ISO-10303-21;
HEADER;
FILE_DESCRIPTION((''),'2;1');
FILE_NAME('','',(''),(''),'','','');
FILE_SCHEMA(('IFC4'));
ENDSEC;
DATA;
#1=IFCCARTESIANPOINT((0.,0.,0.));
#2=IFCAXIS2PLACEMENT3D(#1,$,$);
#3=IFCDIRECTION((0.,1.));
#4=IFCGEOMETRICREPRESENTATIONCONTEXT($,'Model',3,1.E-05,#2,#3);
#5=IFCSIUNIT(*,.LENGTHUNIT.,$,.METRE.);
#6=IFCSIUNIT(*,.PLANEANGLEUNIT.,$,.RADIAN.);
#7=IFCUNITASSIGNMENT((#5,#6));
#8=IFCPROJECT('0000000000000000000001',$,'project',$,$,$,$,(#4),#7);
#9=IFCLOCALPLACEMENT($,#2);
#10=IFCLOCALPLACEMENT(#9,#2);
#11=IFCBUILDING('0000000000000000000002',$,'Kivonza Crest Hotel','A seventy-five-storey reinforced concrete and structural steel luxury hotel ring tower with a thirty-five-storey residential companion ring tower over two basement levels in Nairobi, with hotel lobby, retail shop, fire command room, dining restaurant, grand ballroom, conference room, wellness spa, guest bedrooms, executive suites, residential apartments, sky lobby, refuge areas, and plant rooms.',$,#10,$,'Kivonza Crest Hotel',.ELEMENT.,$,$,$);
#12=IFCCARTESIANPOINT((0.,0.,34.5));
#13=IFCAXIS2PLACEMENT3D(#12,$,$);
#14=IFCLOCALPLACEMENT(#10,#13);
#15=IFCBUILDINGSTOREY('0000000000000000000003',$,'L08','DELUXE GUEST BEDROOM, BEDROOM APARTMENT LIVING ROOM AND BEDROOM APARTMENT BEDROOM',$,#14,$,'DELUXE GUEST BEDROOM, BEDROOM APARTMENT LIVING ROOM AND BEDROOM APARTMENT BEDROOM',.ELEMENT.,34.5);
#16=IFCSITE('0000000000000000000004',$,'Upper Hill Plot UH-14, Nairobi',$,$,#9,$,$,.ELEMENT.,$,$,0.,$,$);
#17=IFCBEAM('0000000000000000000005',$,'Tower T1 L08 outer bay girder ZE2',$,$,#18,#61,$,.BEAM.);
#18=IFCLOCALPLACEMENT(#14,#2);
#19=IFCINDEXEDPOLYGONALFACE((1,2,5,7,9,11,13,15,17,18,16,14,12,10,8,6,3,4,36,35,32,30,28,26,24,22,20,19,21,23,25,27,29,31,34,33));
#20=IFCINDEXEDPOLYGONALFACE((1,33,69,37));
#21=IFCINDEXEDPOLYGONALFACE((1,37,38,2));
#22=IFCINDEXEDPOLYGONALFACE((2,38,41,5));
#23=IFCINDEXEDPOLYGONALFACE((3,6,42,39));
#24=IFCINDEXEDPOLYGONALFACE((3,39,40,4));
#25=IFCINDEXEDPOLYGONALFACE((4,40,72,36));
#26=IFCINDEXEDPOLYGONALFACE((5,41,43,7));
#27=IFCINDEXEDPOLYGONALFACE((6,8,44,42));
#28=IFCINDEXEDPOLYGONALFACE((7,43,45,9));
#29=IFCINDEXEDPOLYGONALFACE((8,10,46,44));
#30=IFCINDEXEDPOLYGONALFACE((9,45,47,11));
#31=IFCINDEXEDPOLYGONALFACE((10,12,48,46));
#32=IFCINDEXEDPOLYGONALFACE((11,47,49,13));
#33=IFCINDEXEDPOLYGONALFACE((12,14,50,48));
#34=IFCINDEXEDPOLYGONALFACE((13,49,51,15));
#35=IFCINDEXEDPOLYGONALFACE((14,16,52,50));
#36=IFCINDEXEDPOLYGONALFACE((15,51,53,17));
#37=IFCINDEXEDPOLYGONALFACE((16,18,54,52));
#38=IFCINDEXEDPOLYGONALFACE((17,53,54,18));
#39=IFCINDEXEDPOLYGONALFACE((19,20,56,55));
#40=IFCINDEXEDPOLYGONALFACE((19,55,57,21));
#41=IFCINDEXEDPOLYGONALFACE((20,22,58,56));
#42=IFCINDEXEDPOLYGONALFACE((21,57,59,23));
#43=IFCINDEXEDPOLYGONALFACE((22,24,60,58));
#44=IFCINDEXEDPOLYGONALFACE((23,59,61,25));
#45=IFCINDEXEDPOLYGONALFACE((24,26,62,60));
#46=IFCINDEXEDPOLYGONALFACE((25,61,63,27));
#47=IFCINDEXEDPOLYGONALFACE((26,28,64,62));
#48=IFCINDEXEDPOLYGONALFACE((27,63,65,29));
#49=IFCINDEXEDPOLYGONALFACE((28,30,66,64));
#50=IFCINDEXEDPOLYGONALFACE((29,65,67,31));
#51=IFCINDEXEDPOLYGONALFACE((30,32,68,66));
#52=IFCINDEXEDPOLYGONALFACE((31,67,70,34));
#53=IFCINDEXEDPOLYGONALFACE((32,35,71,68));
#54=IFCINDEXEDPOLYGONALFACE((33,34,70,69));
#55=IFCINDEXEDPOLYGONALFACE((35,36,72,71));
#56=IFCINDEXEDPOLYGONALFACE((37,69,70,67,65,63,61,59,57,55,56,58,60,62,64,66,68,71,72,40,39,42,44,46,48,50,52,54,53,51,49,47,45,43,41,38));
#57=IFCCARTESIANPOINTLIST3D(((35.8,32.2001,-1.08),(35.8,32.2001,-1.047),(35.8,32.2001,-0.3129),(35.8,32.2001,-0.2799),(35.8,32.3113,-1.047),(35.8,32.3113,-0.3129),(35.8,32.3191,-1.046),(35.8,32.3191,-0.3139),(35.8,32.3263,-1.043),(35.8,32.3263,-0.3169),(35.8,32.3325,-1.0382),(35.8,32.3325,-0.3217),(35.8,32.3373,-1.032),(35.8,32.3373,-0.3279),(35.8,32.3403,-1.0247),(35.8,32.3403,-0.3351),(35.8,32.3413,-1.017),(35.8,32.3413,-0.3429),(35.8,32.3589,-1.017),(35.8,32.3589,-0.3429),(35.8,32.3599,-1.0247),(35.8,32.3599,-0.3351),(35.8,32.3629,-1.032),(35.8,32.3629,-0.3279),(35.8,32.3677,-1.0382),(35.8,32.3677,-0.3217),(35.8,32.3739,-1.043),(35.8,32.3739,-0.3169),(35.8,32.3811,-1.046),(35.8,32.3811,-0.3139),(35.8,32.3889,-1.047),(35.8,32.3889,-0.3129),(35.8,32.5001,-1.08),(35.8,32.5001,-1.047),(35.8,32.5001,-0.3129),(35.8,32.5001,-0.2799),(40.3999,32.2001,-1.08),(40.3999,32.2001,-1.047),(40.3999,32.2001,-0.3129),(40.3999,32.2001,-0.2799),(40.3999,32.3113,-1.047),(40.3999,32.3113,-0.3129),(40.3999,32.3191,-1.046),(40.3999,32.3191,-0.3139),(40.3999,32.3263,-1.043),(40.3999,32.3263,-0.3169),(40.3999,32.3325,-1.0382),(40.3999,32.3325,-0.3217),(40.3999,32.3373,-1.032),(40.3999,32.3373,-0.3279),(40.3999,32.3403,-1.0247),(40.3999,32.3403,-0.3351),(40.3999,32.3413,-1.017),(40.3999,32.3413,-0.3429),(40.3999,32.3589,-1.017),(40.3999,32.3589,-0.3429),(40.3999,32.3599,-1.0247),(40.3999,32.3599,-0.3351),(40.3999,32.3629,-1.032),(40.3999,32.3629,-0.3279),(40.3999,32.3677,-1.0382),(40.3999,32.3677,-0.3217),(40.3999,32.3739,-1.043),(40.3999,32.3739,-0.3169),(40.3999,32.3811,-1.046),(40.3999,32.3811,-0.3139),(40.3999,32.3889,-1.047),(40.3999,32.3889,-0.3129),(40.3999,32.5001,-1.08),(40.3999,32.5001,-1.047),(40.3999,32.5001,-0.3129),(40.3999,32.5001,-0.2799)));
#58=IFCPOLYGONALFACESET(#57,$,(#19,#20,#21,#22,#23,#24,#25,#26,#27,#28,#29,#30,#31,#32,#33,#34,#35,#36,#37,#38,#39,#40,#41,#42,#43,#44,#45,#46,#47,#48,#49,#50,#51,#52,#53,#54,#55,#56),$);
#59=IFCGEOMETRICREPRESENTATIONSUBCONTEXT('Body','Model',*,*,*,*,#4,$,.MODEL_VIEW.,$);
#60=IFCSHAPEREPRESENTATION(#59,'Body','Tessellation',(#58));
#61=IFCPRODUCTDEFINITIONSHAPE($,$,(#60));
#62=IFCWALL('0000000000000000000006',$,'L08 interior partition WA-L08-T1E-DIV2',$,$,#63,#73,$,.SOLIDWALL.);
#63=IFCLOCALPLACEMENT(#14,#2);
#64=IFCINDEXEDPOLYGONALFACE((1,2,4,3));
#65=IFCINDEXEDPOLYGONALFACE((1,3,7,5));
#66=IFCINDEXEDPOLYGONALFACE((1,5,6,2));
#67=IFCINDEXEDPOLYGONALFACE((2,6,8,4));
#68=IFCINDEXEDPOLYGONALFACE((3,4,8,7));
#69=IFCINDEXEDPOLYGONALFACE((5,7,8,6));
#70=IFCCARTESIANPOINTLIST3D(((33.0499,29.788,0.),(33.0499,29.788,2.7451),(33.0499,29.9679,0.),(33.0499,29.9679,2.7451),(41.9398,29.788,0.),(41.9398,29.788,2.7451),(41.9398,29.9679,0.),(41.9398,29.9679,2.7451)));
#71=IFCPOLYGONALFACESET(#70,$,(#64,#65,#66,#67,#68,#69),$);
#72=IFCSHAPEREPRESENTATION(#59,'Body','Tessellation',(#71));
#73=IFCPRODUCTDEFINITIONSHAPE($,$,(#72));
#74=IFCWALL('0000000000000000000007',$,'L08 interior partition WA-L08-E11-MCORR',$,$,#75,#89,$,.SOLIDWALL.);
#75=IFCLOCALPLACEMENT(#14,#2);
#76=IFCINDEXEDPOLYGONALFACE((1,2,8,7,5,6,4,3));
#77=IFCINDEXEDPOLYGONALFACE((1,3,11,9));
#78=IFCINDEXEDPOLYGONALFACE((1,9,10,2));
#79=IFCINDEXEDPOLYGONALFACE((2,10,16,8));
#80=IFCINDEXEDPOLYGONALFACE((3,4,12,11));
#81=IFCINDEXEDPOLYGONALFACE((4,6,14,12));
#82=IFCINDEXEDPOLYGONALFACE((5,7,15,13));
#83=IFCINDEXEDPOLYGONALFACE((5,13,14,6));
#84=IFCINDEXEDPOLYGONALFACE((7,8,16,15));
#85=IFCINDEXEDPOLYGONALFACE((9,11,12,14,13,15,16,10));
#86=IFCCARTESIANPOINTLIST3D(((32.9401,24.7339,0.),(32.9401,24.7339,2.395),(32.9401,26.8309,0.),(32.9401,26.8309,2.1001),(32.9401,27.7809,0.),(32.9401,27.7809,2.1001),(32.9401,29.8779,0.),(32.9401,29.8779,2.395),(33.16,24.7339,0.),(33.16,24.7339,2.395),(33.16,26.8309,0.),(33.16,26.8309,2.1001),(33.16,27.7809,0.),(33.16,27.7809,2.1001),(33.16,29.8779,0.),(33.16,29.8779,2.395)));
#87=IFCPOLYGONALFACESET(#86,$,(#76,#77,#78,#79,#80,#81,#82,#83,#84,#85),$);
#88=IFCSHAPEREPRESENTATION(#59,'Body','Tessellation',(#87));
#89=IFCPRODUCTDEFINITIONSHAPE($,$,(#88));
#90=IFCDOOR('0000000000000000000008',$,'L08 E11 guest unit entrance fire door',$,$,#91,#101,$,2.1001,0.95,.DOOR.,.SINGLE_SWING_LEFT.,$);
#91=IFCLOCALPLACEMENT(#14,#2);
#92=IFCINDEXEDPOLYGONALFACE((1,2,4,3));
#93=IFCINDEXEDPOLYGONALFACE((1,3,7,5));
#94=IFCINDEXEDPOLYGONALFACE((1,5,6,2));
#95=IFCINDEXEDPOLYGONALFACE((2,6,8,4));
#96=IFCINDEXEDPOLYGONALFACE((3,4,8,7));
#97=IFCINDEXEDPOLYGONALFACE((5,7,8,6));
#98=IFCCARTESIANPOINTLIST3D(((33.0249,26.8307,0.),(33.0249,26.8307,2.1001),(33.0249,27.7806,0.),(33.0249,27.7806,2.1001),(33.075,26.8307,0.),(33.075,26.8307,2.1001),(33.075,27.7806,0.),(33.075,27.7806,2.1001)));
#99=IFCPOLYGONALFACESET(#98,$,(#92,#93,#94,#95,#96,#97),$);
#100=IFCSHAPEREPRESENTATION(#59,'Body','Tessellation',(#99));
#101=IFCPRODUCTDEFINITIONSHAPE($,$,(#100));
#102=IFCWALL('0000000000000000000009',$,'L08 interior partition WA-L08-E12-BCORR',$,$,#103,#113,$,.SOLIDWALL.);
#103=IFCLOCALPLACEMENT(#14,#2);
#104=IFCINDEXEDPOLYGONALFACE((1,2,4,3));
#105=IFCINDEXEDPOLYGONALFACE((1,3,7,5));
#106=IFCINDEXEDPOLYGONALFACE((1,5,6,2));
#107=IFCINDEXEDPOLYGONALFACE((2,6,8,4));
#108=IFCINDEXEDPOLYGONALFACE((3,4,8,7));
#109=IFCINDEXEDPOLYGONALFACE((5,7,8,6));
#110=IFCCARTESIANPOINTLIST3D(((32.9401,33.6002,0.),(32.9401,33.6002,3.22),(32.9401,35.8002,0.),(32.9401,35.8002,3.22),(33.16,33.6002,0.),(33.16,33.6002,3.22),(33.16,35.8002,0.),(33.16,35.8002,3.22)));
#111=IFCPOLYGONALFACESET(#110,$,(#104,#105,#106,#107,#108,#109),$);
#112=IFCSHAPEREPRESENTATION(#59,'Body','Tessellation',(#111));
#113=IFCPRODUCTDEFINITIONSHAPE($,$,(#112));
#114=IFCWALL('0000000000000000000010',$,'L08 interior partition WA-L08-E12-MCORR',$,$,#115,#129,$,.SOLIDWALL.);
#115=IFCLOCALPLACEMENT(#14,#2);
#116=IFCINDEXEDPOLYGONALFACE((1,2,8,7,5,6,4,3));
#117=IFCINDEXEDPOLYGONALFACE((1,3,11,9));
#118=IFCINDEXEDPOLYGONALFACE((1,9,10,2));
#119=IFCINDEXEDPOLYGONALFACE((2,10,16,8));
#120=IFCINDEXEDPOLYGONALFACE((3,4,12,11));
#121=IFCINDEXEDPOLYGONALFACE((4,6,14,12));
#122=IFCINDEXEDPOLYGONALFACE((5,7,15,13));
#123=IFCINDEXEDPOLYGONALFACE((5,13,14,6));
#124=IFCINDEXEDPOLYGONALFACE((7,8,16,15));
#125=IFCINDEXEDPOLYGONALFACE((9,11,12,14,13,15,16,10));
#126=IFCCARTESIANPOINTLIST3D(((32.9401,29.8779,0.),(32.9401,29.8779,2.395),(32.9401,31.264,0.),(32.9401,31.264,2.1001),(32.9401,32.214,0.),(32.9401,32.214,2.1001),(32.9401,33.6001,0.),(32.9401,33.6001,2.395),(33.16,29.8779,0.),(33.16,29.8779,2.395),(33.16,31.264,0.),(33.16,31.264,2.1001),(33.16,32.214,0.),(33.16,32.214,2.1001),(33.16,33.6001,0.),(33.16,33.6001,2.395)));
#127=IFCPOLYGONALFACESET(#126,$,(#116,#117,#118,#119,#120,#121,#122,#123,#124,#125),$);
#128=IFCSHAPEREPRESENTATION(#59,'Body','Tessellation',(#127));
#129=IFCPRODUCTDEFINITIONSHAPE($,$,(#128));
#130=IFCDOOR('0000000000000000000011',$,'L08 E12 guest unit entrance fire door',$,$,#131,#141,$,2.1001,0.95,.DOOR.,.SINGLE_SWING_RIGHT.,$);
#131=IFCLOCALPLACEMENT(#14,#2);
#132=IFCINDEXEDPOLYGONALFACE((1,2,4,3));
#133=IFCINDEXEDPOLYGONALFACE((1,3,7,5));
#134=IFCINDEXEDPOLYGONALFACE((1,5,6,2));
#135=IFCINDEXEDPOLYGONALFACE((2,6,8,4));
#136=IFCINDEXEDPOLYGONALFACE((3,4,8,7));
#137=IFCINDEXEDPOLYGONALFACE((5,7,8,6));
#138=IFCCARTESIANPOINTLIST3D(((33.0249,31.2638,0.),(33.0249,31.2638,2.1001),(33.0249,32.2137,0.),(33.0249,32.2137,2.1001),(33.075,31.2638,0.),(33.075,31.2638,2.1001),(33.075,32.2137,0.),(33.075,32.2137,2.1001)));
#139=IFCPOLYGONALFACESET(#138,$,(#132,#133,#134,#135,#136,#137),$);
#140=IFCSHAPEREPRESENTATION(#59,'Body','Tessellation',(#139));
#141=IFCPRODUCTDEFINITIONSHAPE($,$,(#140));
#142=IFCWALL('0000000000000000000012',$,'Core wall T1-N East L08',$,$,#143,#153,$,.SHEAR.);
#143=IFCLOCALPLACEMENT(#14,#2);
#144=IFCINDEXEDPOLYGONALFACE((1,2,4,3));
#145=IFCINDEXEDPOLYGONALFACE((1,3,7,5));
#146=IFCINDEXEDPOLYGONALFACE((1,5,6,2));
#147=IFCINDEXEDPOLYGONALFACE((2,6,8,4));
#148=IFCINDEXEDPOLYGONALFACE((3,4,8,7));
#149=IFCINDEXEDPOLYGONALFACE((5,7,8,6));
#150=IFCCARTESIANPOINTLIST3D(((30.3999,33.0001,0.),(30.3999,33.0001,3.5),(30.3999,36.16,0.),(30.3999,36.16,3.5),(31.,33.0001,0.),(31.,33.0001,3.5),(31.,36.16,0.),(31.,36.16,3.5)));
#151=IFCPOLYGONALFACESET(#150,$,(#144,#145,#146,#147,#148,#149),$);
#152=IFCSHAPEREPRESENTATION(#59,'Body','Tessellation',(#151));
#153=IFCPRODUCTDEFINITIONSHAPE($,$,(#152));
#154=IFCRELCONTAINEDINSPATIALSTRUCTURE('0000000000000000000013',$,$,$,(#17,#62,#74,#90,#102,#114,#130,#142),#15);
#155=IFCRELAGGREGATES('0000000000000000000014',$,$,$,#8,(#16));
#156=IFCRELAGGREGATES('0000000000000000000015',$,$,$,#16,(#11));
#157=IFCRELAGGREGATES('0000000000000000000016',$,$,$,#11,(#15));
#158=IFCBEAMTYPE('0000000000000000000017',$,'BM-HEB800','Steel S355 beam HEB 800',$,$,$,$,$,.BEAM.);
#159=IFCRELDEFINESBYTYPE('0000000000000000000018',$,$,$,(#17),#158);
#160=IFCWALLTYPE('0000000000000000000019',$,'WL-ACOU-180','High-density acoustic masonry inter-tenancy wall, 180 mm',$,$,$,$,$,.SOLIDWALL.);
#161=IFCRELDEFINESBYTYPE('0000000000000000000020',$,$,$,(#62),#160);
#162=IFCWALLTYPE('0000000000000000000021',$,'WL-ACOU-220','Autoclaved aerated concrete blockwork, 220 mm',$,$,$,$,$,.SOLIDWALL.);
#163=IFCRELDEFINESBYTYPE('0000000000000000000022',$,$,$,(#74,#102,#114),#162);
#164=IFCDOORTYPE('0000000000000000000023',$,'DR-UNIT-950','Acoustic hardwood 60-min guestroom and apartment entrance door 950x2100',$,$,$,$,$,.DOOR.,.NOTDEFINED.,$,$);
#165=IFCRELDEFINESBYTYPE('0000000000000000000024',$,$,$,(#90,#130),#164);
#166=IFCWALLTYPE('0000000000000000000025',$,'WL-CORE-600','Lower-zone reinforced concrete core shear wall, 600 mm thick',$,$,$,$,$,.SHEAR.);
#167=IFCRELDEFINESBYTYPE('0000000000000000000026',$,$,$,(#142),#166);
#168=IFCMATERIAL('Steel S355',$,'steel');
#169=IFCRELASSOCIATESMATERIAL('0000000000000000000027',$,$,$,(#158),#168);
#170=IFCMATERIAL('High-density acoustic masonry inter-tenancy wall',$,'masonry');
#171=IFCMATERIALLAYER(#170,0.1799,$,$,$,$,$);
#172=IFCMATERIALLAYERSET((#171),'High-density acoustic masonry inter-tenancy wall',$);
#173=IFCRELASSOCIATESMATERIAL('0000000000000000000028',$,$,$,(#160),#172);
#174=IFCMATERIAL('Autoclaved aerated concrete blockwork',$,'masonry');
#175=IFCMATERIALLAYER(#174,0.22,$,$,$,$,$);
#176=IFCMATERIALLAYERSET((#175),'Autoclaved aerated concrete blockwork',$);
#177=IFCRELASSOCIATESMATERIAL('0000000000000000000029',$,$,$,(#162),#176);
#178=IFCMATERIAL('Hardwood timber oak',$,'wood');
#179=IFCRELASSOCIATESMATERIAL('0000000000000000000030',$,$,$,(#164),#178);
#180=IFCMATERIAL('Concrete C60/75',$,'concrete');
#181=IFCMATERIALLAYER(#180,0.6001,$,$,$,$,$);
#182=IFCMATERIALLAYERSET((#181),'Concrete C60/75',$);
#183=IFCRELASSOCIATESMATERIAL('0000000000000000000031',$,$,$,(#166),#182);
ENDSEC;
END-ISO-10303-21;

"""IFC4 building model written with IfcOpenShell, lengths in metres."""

from ifc_helpers import new_model, si_unit, direction, frame, frame_2d, origin, origin_2d, place, context, subcontext, project, spatial, rectangle, i_section, extrude, material, layer, layer_set, material_profile, profile_set, type_object, element, fill, save


model = new_model("IFC4")

# Units and contexts
model_context = context("Model", 3, precision=1e-05, world=origin(), true_north=direction((0.0, 1.0)))
body_context = subcontext(model_context, "Body", "Model", "MODEL_VIEW")
ifc_project = project(units=[si_unit("LENGTHUNIT", "METRE"), si_unit("PLANEANGLEUNIT", "RADIAN")], contexts=[model_context])

# Site, building, storey
site_placement = place(None, origin())
site = spatial("IfcSite", under=ifc_project, at=site_placement, Name="Upper Hill Plot UH-14, Nairobi", CompositionType="ELEMENT", RefElevation=0.0)
building_placement = place(site_placement, origin())
building = spatial("IfcBuilding", under=site, at=building_placement, Name="Kivonza Crest Hotel", Description="A seventy-five-storey reinforced concrete and structural steel luxury hotel ring tower with a thirty-five-storey residential companion ring tower over two basement levels in Nairobi, with hotel lobby, retail shop, fire command room, dining restaurant, grand ballroom, conference room, wellness spa, guest bedrooms, executive suites, residential apartments, sky lobby, refuge areas, and plant rooms.", LongName="Kivonza Crest Hotel", CompositionType="ELEMENT")
storey_placement = place(building_placement, frame((0.0, 0.0, 34.5)))
storey = spatial("IfcBuildingStorey", under=building, at=storey_placement, Name="L08", Description="DELUXE GUEST BEDROOM, BEDROOM APARTMENT LIVING ROOM AND BEDROOM APARTMENT BEDROOM", LongName="DELUXE GUEST BEDROOM, BEDROOM APARTMENT LIVING ROOM AND BEDROOM APARTMENT BEDROOM", CompositionType="ELEMENT", Elevation=34.5)

# Shared definitions
ifc_material_1 = material(Name="Concrete C60/75", Category="concrete")

# Beam
ifc_material_2 = material(Name="Steel S355", Category="steel")
ifc_material_profile_1 = material_profile(ifc_material_2, i_section(OverallWidth=0.3, OverallDepth=0.8, WebThickness=0.0176, FlangeThickness=0.033, FilletRadius=0.03, at=origin_2d()), Name="HEB 800")
ifc_profile_set_1 = profile_set([ifc_material_profile_1], Name="Steel S355")
beam_type_1 = type_object("IfcBeamType", Name="BM-HEB800", Description="Steel S355 beam HEB 800", PredefinedType="BEAM", material=ifc_profile_set_1)
beam_1_placement = place(storey_placement, frame((40.3999, 32.3501, -0.6799), z_axis=(-1.0, 0.0, 0.0), x_axis=(0.0, -1.0, 0.0)))
element("IfcBeam", 1, at=beam_1_placement, inside=storey, type_object=beam_type_1, Name="Tower T1 L08 outer bay girder ZE2", PredefinedType="BEAM", context=body_context, shape_type="SweptSolid", body=[
    extrude(i_section(OverallWidth=0.3, OverallDepth=0.8, WebThickness=0.0176, FlangeThickness=0.033, FilletRadius=0.03, at=origin_2d()), origin(), (0.0, 0.0, 1.0), 4.5999),
])

# Wall
ifc_material_3 = material(Name="High-density acoustic masonry inter-tenancy wall", Category="masonry")
ifc_layer_1 = layer(ifc_material_3, 0.1799)
ifc_layer_set_1 = layer_set([ifc_layer_1], Name="High-density acoustic masonry inter-tenancy wall")
wall_type_1 = type_object("IfcWallType", Name="WL-ACOU-180", Description="High-density acoustic masonry inter-tenancy wall, 180 mm", PredefinedType="SOLIDWALL", material=ifc_layer_set_1)
wall_1_placement = place(storey_placement, frame((33.05, 29.8779, 0.0), z_axis=(0.0, 0.0, 1.0), x_axis=(1.0, 0.0, 0.0)))
element("IfcWall", 2, at=wall_1_placement, inside=storey, type_object=wall_type_1, Name="L08 interior partition WA-L08-T1E-DIV2", PredefinedType="SOLIDWALL", context=body_context, shape_type="SweptSolid", body=[
    extrude(rectangle(XDim=8.8899, YDim=0.1799, at=frame_2d((4.4448, 0.0))), origin(), (0.0, 0.0, 1.0), 2.7451),
])

# Wall, opening, door
ifc_material_4 = material(Name="Autoclaved aerated concrete blockwork", Category="masonry")
ifc_layer_2 = layer(ifc_material_4, 0.22)
ifc_layer_set_2 = layer_set([ifc_layer_2], Name="Autoclaved aerated concrete blockwork")
wall_type_2 = type_object("IfcWallType", Name="WL-ACOU-220", Description="Autoclaved aerated concrete blockwork, 220 mm", PredefinedType="SOLIDWALL", material=ifc_layer_set_2)
wall_2_placement = place(storey_placement, frame((33.05, 24.7339, 0.0), z_axis=(0.0, 0.0, 1.0), x_axis=(0.0, 1.0, 0.0)))
wall_2 = element("IfcWall", 3, at=wall_2_placement, inside=storey, type_object=wall_type_2, Name="L08 interior partition WA-L08-E11-MCORR", PredefinedType="SOLIDWALL", context=body_context, shape_type="SweptSolid", body=[
    extrude(rectangle(XDim=5.144, YDim=0.22, at=frame_2d((2.572, 0.0))), origin(), (0.0, 0.0, 1.0), 2.395),
])
opening_1_placement = place(wall_2_placement, frame((2.0969, 0.0, 0.0)))
opening_1 = element("IfcOpeningElement", 4, at=opening_1_placement, cuts=wall_2, PredefinedType="OPENING", context=body_context, shape_type="SweptSolid", body=[
    extrude(rectangle(XDim=0.95, YDim=2.1001, at=frame_2d((0.4751, 1.05))), frame((0.0, 0.1201, 0.0), z_axis=(0.0, -1.0, 0.0), x_axis=(1.0, 0.0, 0.0)), (0.0, 0.0, 1.0), 0.24),
])
ifc_material_5 = material(Name="Hardwood timber oak", Category="wood")
door_type_1 = type_object("IfcDoorType", Name="DR-UNIT-950", Description="Acoustic hardwood 60-min guestroom and apartment entrance door 950x2100", OperationType="NOTDEFINED", PredefinedType="DOOR", material=ifc_material_5)
door_1_placement = place(opening_1_placement, frame((0.95, 0.0, 0.0), z_axis=(0.0, 0.0, 1.0), x_axis=(-1.0, 0.0, 0.0)))
door_1 = element("IfcDoor", 5, at=door_1_placement, inside=storey, type_object=door_type_1, Name="L08 E11 guest unit entrance fire door", OperationType="SINGLE_SWING_LEFT", OverallHeight=2.1001, OverallWidth=0.95, PredefinedType="DOOR", context=body_context, shape_type="SweptSolid", body=[
    extrude(rectangle(XDim=0.95, YDim=2.1001, at=frame_2d((0.4751, 1.05))), frame((0.0, 0.0249, 0.0), z_axis=(0.0, -1.0, 0.0), x_axis=(1.0, 0.0, 0.0)), (0.0, 0.0, 1.0), 0.05),
])
fill(opening_1, door_1)

# Wall
wall_3_placement = place(storey_placement, frame((33.05, 33.6001, 0.0), z_axis=(0.0, 0.0, 1.0), x_axis=(0.0, 1.0, 0.0)))
element("IfcWall", 6, at=wall_3_placement, inside=storey, type_object=wall_type_2, Name="L08 interior partition WA-L08-E12-BCORR", PredefinedType="SOLIDWALL", context=body_context, shape_type="SweptSolid", body=[
    extrude(rectangle(XDim=2.2, YDim=0.22, at=frame_2d((1.1001, 0.0))), origin(), (0.0, 0.0, 1.0), 3.22),
])

# Wall, opening, door
wall_4_placement = place(storey_placement, frame((33.05, 29.8779, 0.0), z_axis=(0.0, 0.0, 1.0), x_axis=(0.0, 1.0, 0.0)))
wall_4 = element("IfcWall", 7, at=wall_4_placement, inside=storey, type_object=wall_type_2, Name="L08 interior partition WA-L08-E12-MCORR", PredefinedType="SOLIDWALL", context=body_context, shape_type="SweptSolid", body=[
    extrude(rectangle(XDim=3.7222, YDim=0.22, at=frame_2d((1.8611, 0.0))), origin(), (0.0, 0.0, 1.0), 2.395),
])
opening_2_placement = place(wall_4_placement, frame((1.386, 0.0, 0.0)))
opening_2 = element("IfcOpeningElement", 8, at=opening_2_placement, cuts=wall_4, PredefinedType="OPENING", context=body_context, shape_type="SweptSolid", body=[
    extrude(rectangle(XDim=0.95, YDim=2.1001, at=frame_2d((0.4751, 1.05))), frame((0.0, 0.1201, 0.0), z_axis=(0.0, -1.0, 0.0), x_axis=(1.0, 0.0, 0.0)), (0.0, 0.0, 1.0), 0.24),
])
door_2_placement = place(opening_2_placement, frame((0.95, 0.0, 0.0), z_axis=(0.0, 0.0, 1.0), x_axis=(-1.0, 0.0, 0.0)))
door_2 = element("IfcDoor", 9, at=door_2_placement, inside=storey, type_object=door_type_1, Name="L08 E12 guest unit entrance fire door", OperationType="SINGLE_SWING_RIGHT", OverallHeight=2.1001, OverallWidth=0.95, PredefinedType="DOOR", context=body_context, shape_type="SweptSolid", body=[
    extrude(rectangle(XDim=0.95, YDim=2.1001, at=frame_2d((0.4751, 1.05))), frame((0.0, 0.0249, 0.0), z_axis=(0.0, -1.0, 0.0), x_axis=(1.0, 0.0, 0.0)), (0.0, 0.0, 1.0), 0.05),
])
fill(opening_2, door_2)

# Wall
ifc_layer_3 = layer(ifc_material_1, 0.6001)
ifc_layer_set_3 = layer_set([ifc_layer_3], Name="Concrete C60/75")
wall_type_3 = type_object("IfcWallType", Name="WL-CORE-600", Description="Lower-zone reinforced concrete core shear wall, 600 mm thick", PredefinedType="SHEAR", material=ifc_layer_set_3)
wall_5_placement = place(storey_placement, frame((30.7, 33.0, 0.0), z_axis=(0.0, 0.0, 1.0), x_axis=(0.0, 1.0, 0.0)))
element("IfcWall", 10, at=wall_5_placement, inside=storey, type_object=wall_type_3, Name="Core wall T1-N East L08", PredefinedType="SHEAR", context=body_context, shape_type="SweptSolid", body=[
    extrude(rectangle(XDim=3.1599, YDim=0.6001, at=frame_2d((1.5801, 0.0))), origin(), (0.0, 0.0, 1.0), 3.5),
])

save(model, "model.ifc")
